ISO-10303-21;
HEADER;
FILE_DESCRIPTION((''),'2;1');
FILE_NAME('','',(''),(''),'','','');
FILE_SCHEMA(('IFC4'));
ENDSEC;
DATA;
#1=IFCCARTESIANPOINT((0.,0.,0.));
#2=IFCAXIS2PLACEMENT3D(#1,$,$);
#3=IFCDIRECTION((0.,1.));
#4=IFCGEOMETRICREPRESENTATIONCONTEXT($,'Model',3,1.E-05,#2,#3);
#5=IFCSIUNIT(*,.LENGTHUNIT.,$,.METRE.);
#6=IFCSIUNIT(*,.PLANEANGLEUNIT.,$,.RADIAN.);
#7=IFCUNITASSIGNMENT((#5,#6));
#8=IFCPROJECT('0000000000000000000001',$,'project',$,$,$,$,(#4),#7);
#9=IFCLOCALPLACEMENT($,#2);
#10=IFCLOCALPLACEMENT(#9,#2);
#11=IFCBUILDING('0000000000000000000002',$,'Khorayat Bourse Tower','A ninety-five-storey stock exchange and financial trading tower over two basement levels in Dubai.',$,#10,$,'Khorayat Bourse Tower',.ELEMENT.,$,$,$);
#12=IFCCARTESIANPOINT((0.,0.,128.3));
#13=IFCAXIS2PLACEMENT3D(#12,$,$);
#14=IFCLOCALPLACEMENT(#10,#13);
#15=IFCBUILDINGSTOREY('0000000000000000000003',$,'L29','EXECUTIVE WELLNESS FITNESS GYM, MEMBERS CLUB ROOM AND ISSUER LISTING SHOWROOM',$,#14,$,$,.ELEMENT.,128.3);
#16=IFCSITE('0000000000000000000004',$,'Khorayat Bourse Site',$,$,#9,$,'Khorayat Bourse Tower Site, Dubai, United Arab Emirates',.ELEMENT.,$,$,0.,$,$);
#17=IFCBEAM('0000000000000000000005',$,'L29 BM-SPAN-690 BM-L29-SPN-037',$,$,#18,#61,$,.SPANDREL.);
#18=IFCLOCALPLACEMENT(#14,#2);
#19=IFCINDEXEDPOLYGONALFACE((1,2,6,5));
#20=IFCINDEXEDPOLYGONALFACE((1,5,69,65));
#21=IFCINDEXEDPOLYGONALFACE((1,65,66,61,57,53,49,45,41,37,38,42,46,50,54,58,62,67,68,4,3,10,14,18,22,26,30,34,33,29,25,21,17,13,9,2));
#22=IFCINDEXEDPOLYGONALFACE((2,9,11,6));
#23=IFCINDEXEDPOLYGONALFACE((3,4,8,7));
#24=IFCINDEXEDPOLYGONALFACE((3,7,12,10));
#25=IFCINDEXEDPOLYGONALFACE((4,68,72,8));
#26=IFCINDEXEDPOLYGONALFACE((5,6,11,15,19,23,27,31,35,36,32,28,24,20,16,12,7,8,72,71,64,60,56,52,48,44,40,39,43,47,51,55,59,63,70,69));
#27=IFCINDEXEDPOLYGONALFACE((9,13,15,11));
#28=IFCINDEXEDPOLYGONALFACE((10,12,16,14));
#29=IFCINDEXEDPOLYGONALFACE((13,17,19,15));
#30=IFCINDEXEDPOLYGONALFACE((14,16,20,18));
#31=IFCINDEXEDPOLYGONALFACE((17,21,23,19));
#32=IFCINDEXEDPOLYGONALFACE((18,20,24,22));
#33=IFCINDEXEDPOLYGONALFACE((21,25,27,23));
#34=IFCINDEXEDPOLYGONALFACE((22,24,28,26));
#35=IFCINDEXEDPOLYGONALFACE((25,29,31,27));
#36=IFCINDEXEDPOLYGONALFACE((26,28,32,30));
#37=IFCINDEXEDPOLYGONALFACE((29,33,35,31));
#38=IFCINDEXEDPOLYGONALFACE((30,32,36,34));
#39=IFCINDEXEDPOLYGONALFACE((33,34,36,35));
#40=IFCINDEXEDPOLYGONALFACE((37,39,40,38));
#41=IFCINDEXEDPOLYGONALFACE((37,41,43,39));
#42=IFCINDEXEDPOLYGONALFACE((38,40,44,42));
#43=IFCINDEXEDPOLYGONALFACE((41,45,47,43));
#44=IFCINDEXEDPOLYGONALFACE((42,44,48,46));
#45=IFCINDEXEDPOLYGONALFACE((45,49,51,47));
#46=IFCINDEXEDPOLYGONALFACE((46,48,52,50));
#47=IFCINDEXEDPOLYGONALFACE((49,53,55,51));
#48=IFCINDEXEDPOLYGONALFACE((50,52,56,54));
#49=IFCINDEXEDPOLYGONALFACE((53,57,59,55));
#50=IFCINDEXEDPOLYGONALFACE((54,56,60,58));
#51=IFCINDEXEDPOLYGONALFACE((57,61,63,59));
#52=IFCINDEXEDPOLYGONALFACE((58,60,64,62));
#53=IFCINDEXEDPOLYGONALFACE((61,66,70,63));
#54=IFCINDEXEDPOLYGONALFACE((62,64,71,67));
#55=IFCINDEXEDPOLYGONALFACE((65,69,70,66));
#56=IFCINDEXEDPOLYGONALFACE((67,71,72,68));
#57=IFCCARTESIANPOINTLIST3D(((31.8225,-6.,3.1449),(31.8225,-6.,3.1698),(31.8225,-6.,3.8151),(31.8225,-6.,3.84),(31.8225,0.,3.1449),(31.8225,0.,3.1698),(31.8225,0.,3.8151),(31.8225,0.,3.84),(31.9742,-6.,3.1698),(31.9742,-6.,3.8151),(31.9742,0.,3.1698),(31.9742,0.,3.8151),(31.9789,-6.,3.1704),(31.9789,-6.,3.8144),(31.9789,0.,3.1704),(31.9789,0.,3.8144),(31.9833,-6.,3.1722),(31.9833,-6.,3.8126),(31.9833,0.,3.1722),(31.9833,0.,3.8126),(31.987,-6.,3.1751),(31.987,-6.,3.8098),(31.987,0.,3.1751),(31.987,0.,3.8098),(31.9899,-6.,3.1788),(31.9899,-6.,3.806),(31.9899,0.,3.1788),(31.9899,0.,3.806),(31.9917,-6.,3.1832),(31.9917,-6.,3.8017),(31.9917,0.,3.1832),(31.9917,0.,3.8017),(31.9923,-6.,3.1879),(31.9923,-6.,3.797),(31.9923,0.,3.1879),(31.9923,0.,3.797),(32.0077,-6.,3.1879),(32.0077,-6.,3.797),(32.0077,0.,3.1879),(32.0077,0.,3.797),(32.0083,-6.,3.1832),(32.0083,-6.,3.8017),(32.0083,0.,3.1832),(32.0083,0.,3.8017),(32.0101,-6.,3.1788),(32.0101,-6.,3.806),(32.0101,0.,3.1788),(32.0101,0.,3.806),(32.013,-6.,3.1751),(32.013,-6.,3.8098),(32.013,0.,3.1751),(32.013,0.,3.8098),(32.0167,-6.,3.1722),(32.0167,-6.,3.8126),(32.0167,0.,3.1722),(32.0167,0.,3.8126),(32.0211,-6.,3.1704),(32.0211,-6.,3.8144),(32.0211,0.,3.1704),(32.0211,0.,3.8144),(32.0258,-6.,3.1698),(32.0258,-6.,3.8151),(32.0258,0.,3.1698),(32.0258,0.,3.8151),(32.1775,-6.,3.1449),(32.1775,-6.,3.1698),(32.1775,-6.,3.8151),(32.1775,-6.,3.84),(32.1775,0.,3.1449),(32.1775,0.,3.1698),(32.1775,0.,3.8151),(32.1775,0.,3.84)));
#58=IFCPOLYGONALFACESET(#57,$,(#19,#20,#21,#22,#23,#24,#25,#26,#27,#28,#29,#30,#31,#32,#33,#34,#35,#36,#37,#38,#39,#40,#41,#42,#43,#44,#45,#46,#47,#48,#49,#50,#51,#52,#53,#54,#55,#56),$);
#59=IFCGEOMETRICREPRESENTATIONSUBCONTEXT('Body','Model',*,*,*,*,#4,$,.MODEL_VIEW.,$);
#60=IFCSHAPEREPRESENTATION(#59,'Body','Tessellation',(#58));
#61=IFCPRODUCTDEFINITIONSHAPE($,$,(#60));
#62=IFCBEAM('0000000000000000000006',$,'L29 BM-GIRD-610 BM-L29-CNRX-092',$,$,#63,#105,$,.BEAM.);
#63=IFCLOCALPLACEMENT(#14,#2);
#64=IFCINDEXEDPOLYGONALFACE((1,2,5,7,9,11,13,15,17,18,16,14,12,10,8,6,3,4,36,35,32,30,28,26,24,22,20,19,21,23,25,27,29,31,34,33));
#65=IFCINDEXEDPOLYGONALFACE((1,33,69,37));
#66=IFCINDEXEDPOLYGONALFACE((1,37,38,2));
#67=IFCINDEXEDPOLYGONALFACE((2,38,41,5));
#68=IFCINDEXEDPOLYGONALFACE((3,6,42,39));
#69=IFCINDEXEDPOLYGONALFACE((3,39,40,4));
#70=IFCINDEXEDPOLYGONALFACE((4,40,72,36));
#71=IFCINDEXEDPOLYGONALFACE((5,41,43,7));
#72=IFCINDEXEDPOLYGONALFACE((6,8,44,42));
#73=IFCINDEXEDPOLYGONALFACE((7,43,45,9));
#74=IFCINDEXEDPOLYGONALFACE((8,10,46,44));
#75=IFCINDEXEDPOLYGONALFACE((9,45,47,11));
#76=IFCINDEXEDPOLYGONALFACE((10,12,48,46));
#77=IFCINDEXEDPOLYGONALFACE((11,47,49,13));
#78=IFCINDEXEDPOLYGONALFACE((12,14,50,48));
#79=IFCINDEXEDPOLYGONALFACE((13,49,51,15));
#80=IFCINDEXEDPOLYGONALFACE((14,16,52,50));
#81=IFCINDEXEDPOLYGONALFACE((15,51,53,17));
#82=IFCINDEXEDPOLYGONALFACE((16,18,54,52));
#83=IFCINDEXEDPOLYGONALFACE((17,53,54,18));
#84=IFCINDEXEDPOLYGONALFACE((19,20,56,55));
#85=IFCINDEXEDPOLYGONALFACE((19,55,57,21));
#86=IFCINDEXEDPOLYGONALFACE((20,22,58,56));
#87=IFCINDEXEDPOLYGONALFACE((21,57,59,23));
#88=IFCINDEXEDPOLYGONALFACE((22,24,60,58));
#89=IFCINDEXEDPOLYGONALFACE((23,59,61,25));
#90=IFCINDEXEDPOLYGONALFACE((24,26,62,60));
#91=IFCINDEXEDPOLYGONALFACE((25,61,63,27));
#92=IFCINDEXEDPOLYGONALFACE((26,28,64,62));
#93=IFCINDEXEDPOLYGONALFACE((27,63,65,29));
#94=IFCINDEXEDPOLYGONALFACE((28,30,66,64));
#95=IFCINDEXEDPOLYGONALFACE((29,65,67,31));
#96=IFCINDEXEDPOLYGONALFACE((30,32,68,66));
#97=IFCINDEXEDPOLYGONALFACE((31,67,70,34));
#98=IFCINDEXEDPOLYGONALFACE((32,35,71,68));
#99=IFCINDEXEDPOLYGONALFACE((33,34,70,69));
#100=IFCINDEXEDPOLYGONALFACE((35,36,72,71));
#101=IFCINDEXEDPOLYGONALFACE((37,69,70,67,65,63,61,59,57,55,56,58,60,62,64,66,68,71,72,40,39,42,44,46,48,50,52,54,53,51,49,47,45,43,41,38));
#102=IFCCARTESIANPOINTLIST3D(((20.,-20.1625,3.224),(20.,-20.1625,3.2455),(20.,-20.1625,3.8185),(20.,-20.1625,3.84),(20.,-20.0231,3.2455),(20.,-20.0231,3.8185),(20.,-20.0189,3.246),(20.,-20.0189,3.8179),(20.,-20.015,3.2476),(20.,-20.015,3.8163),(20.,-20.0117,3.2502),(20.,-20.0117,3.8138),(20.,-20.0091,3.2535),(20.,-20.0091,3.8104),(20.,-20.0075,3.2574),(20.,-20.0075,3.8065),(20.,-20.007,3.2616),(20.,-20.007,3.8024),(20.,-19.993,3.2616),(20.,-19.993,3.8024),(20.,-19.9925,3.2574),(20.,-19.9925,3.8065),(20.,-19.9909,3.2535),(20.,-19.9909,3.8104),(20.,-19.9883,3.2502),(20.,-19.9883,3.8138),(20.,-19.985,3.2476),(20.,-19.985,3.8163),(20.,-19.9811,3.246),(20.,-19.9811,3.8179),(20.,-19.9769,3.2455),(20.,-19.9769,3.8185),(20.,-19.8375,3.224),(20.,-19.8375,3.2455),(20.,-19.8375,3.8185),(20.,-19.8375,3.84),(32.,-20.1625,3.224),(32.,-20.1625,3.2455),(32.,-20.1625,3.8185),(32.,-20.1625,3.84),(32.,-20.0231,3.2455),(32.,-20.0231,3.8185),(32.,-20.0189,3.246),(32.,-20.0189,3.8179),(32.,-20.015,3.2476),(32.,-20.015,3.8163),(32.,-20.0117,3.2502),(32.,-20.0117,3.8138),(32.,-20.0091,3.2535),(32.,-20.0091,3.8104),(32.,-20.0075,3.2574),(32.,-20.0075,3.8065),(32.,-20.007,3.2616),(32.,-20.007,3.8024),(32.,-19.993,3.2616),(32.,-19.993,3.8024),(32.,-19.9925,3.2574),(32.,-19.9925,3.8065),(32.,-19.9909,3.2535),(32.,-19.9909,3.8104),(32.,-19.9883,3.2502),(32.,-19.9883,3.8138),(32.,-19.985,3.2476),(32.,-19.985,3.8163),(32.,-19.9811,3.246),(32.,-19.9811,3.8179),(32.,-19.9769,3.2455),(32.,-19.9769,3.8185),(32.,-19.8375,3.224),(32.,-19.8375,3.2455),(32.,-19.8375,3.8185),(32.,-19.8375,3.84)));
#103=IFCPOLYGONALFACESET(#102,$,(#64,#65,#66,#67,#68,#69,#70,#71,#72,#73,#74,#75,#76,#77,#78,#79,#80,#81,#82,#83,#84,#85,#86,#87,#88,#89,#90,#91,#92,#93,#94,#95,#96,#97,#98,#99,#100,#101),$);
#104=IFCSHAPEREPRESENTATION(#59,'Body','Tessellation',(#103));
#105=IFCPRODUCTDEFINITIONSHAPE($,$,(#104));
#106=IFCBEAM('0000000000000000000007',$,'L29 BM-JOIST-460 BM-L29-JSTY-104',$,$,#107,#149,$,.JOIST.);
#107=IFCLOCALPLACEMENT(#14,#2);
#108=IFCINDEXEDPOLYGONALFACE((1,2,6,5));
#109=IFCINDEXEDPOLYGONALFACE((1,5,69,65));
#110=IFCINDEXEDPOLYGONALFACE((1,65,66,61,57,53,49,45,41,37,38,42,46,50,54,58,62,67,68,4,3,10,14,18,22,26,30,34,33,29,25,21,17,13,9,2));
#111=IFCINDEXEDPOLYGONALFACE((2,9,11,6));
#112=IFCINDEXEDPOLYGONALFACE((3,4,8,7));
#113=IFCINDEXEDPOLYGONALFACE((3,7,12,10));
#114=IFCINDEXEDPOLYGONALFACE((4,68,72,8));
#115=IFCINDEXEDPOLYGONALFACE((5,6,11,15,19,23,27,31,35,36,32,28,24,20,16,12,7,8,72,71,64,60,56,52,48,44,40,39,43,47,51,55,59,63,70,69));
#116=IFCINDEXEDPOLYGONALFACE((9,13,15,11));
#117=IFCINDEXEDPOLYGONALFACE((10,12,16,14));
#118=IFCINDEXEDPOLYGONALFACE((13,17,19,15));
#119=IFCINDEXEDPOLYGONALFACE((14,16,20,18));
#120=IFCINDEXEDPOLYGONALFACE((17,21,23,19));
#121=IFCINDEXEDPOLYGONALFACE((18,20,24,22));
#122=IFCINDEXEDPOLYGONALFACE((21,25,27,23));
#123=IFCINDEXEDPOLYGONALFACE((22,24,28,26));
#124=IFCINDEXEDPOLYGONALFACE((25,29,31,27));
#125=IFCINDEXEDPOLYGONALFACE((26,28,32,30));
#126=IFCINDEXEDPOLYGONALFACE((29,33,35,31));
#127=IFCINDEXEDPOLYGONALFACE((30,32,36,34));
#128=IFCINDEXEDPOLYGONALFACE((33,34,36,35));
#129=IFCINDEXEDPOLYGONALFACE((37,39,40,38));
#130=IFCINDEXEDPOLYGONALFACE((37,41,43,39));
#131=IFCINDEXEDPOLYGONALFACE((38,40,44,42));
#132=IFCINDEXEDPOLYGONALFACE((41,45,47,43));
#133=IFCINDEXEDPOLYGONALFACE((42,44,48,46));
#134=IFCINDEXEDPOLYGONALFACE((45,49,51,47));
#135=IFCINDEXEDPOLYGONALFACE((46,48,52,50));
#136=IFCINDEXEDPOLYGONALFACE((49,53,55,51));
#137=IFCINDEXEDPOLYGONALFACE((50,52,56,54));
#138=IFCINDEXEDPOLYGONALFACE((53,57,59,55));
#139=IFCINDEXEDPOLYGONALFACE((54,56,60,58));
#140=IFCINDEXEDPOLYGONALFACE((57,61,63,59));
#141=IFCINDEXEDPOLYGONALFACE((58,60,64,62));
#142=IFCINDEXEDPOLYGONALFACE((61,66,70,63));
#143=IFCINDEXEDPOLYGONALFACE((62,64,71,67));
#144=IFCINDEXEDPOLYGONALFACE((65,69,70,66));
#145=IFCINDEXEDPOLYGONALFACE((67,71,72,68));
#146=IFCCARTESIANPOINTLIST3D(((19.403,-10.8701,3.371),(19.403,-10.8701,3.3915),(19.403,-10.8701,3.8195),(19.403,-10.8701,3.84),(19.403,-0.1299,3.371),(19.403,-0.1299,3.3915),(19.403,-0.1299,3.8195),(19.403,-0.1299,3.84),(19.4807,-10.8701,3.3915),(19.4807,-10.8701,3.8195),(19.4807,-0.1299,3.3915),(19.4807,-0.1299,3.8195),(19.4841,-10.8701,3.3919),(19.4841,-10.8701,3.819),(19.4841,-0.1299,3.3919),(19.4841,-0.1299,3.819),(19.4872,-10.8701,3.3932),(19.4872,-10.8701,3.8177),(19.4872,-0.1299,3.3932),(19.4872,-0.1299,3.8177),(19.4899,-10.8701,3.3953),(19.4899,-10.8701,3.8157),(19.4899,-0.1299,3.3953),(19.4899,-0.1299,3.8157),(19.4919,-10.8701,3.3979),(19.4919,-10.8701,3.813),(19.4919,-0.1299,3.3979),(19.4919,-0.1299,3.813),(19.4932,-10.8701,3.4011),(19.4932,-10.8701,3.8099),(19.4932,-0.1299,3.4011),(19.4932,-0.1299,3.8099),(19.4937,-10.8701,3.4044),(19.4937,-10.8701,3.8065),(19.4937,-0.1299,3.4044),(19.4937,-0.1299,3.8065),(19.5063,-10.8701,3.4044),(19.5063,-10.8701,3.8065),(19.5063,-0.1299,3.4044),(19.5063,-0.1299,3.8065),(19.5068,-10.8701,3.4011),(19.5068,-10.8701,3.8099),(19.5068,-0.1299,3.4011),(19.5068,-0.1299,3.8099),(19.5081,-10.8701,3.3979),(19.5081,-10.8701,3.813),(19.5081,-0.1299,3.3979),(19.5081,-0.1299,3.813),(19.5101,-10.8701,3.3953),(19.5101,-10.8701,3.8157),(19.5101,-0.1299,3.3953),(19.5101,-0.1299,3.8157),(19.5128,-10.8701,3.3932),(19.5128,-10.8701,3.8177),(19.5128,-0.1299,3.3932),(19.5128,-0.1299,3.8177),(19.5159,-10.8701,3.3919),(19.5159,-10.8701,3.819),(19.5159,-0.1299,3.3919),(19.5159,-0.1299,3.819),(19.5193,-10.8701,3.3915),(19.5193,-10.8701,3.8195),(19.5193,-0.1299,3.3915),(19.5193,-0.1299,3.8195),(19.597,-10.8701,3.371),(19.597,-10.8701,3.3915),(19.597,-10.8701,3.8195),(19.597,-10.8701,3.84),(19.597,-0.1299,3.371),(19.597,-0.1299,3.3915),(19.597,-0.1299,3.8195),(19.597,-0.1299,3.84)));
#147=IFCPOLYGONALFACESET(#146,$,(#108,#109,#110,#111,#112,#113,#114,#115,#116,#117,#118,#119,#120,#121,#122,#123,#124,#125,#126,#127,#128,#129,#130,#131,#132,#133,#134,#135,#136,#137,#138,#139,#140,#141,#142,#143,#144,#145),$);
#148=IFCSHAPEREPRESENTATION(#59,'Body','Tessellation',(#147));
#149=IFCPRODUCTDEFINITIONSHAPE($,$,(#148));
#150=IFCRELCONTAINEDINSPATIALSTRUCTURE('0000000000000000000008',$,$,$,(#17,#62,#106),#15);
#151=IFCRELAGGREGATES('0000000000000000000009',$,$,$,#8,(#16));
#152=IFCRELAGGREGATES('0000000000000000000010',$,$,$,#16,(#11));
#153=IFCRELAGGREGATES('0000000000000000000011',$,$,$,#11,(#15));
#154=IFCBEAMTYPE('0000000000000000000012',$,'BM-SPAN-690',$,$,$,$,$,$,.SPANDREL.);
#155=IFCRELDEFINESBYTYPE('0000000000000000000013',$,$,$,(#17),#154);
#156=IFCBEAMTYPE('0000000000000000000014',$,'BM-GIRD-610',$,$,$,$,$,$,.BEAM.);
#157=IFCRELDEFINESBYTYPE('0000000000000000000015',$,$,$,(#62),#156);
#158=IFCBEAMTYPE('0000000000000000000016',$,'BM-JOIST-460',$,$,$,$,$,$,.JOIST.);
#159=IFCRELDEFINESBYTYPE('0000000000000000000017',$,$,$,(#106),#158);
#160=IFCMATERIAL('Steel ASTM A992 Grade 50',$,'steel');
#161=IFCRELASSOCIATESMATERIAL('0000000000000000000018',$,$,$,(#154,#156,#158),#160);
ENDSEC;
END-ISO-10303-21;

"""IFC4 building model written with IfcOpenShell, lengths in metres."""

from ifc_helpers import new_model, si_unit, direction, frame, origin, origin_2d, place, context, subcontext, project, spatial, i_section, extrude, source, transform, mapped, material, material_profile, profile_set, type_object, element, save


model = new_model("IFC4")

# Units and contexts
model_context = context("Model", 3, precision=1e-05, world=origin(), true_north=direction((0.0, 1.0)))
body_context = subcontext(model_context, "Body", "Model", "MODEL_VIEW")
ifc_project = project(units=[si_unit("LENGTHUNIT", "METRE"), si_unit("PLANEANGLEUNIT", "RADIAN")], contexts=[model_context])

# Site, building, storey
site_placement = place(None, origin())
site = spatial("IfcSite", under=ifc_project, at=site_placement, Name="Khorayat Bourse Site", LongName="Khorayat Bourse Tower Site, Dubai, United Arab Emirates", CompositionType="ELEMENT", RefElevation=0.0)
building_placement = place(site_placement, origin())
building = spatial("IfcBuilding", under=site, at=building_placement, Name="Khorayat Bourse Tower", Description="A ninety-five-storey stock exchange and financial trading tower over two basement levels in Dubai.", LongName="Khorayat Bourse Tower", CompositionType="ELEMENT")
storey_placement = place(building_placement, frame((0.0, 0.0, 128.3)))
storey = spatial("IfcBuildingStorey", under=building, at=storey_placement, Name="L29", Description="EXECUTIVE WELLNESS FITNESS GYM, MEMBERS CLUB ROOM AND ISSUER LISTING SHOWROOM", CompositionType="ELEMENT", Elevation=128.3)

# Beams
ifc_material_1 = material(Name="Steel ASTM A992 Grade 50", Category="steel")
ifc_material_profile_1 = material_profile(ifc_material_1, i_section(OverallWidth=0.355, OverallDepth=0.6951, WebThickness=0.0154, FlangeThickness=0.0249, FilletRadius=0.0181, at=origin_2d()), Name="W690X217")
ifc_profile_set_1 = profile_set([ifc_material_profile_1], Name="Steel ASTM A992 Grade 50")
beam_type_1 = type_object("IfcBeamType", Name="BM-SPAN-690", PredefinedType="SPANDREL", material=ifc_profile_set_1)
shared_shape_1 = source(origin(), body_context, "Body", "SweptSolid", [
    extrude(i_section(OverallWidth=0.355, OverallDepth=0.6951, WebThickness=0.0154, FlangeThickness=0.0249, FilletRadius=0.0181, at=origin_2d()), origin(), (0.0, 0.0, 1.0), 6.0),
])
beam_1_placement = place(storey_placement, frame((32.0, -6.0, 3.4924), z_axis=(0.0, 1.0, 0.0), x_axis=(-1.0, 0.0, 0.0)))
element("IfcBeam", 1, at=beam_1_placement, inside=storey, type_object=beam_type_1, Name="L29 BM-SPAN-690 BM-L29-SPN-037", PredefinedType="SPANDREL", context=body_context, shape_type="MappedRepresentation", body=[
    mapped(shared_shape_1, transform((0.0, 0.0, 0.0), scale=1.0)),
])
ifc_material_profile_2 = material_profile(ifc_material_1, i_section(OverallWidth=0.325, OverallDepth=0.616, WebThickness=0.0139, FlangeThickness=0.0215, FilletRadius=0.0161, at=origin_2d()), Name="W610X174")
ifc_profile_set_2 = profile_set([ifc_material_profile_2], Name="Steel ASTM A992 Grade 50")
beam_type_2 = type_object("IfcBeamType", Name="BM-GIRD-610", PredefinedType="BEAM", material=ifc_profile_set_2)
shared_shape_2 = source(origin(), body_context, "Body", "SweptSolid", [
    extrude(i_section(OverallWidth=0.325, OverallDepth=0.616, WebThickness=0.0139, FlangeThickness=0.0215, FilletRadius=0.0161, at=origin_2d()), origin(), (0.0, 0.0, 1.0), 12.0),
])
beam_2_placement = place(storey_placement, frame((20.0, -20.0, 3.532), z_axis=(1.0, 0.0, 0.0), x_axis=(0.0, 1.0, 0.0)))
element("IfcBeam", 2, at=beam_2_placement, inside=storey, type_object=beam_type_2, Name="L29 BM-GIRD-610 BM-L29-CNRX-092", PredefinedType="BEAM", context=body_context, shape_type="MappedRepresentation", body=[
    mapped(shared_shape_2, transform((0.0, 0.0, 0.0), scale=1.0)),
])
ifc_material_profile_3 = material_profile(ifc_material_1, i_section(OverallWidth=0.1941, OverallDepth=0.469, WebThickness=0.0127, FlangeThickness=0.0205, FilletRadius=0.0129, at=origin_2d()), Name="W460X106")
ifc_profile_set_3 = profile_set([ifc_material_profile_3], Name="Steel ASTM A992 Grade 50")
beam_type_3 = type_object("IfcBeamType", Name="BM-JOIST-460", PredefinedType="JOIST", material=ifc_profile_set_3)
shared_shape_3 = source(origin(), body_context, "Body", "SweptSolid", [
    extrude(i_section(OverallWidth=0.1941, OverallDepth=0.469, WebThickness=0.0127, FlangeThickness=0.0205, FilletRadius=0.0129, at=origin_2d()), origin(), (0.0, 0.0, 1.0), 10.7402),
])
beam_3_placement = place(storey_placement, frame((19.5, -10.8701, 3.6055), z_axis=(0.0, 1.0, 0.0), x_axis=(-1.0, 0.0, 0.0)))
element("IfcBeam", 3, at=beam_3_placement, inside=storey, type_object=beam_type_3, Name="L29 BM-JOIST-460 BM-L29-JSTY-104", PredefinedType="JOIST", context=body_context, shape_type="MappedRepresentation", body=[
    mapped(shared_shape_3, transform((0.0, 0.0, 0.0), scale=1.0)),
])

save(model, "model.ifc")
